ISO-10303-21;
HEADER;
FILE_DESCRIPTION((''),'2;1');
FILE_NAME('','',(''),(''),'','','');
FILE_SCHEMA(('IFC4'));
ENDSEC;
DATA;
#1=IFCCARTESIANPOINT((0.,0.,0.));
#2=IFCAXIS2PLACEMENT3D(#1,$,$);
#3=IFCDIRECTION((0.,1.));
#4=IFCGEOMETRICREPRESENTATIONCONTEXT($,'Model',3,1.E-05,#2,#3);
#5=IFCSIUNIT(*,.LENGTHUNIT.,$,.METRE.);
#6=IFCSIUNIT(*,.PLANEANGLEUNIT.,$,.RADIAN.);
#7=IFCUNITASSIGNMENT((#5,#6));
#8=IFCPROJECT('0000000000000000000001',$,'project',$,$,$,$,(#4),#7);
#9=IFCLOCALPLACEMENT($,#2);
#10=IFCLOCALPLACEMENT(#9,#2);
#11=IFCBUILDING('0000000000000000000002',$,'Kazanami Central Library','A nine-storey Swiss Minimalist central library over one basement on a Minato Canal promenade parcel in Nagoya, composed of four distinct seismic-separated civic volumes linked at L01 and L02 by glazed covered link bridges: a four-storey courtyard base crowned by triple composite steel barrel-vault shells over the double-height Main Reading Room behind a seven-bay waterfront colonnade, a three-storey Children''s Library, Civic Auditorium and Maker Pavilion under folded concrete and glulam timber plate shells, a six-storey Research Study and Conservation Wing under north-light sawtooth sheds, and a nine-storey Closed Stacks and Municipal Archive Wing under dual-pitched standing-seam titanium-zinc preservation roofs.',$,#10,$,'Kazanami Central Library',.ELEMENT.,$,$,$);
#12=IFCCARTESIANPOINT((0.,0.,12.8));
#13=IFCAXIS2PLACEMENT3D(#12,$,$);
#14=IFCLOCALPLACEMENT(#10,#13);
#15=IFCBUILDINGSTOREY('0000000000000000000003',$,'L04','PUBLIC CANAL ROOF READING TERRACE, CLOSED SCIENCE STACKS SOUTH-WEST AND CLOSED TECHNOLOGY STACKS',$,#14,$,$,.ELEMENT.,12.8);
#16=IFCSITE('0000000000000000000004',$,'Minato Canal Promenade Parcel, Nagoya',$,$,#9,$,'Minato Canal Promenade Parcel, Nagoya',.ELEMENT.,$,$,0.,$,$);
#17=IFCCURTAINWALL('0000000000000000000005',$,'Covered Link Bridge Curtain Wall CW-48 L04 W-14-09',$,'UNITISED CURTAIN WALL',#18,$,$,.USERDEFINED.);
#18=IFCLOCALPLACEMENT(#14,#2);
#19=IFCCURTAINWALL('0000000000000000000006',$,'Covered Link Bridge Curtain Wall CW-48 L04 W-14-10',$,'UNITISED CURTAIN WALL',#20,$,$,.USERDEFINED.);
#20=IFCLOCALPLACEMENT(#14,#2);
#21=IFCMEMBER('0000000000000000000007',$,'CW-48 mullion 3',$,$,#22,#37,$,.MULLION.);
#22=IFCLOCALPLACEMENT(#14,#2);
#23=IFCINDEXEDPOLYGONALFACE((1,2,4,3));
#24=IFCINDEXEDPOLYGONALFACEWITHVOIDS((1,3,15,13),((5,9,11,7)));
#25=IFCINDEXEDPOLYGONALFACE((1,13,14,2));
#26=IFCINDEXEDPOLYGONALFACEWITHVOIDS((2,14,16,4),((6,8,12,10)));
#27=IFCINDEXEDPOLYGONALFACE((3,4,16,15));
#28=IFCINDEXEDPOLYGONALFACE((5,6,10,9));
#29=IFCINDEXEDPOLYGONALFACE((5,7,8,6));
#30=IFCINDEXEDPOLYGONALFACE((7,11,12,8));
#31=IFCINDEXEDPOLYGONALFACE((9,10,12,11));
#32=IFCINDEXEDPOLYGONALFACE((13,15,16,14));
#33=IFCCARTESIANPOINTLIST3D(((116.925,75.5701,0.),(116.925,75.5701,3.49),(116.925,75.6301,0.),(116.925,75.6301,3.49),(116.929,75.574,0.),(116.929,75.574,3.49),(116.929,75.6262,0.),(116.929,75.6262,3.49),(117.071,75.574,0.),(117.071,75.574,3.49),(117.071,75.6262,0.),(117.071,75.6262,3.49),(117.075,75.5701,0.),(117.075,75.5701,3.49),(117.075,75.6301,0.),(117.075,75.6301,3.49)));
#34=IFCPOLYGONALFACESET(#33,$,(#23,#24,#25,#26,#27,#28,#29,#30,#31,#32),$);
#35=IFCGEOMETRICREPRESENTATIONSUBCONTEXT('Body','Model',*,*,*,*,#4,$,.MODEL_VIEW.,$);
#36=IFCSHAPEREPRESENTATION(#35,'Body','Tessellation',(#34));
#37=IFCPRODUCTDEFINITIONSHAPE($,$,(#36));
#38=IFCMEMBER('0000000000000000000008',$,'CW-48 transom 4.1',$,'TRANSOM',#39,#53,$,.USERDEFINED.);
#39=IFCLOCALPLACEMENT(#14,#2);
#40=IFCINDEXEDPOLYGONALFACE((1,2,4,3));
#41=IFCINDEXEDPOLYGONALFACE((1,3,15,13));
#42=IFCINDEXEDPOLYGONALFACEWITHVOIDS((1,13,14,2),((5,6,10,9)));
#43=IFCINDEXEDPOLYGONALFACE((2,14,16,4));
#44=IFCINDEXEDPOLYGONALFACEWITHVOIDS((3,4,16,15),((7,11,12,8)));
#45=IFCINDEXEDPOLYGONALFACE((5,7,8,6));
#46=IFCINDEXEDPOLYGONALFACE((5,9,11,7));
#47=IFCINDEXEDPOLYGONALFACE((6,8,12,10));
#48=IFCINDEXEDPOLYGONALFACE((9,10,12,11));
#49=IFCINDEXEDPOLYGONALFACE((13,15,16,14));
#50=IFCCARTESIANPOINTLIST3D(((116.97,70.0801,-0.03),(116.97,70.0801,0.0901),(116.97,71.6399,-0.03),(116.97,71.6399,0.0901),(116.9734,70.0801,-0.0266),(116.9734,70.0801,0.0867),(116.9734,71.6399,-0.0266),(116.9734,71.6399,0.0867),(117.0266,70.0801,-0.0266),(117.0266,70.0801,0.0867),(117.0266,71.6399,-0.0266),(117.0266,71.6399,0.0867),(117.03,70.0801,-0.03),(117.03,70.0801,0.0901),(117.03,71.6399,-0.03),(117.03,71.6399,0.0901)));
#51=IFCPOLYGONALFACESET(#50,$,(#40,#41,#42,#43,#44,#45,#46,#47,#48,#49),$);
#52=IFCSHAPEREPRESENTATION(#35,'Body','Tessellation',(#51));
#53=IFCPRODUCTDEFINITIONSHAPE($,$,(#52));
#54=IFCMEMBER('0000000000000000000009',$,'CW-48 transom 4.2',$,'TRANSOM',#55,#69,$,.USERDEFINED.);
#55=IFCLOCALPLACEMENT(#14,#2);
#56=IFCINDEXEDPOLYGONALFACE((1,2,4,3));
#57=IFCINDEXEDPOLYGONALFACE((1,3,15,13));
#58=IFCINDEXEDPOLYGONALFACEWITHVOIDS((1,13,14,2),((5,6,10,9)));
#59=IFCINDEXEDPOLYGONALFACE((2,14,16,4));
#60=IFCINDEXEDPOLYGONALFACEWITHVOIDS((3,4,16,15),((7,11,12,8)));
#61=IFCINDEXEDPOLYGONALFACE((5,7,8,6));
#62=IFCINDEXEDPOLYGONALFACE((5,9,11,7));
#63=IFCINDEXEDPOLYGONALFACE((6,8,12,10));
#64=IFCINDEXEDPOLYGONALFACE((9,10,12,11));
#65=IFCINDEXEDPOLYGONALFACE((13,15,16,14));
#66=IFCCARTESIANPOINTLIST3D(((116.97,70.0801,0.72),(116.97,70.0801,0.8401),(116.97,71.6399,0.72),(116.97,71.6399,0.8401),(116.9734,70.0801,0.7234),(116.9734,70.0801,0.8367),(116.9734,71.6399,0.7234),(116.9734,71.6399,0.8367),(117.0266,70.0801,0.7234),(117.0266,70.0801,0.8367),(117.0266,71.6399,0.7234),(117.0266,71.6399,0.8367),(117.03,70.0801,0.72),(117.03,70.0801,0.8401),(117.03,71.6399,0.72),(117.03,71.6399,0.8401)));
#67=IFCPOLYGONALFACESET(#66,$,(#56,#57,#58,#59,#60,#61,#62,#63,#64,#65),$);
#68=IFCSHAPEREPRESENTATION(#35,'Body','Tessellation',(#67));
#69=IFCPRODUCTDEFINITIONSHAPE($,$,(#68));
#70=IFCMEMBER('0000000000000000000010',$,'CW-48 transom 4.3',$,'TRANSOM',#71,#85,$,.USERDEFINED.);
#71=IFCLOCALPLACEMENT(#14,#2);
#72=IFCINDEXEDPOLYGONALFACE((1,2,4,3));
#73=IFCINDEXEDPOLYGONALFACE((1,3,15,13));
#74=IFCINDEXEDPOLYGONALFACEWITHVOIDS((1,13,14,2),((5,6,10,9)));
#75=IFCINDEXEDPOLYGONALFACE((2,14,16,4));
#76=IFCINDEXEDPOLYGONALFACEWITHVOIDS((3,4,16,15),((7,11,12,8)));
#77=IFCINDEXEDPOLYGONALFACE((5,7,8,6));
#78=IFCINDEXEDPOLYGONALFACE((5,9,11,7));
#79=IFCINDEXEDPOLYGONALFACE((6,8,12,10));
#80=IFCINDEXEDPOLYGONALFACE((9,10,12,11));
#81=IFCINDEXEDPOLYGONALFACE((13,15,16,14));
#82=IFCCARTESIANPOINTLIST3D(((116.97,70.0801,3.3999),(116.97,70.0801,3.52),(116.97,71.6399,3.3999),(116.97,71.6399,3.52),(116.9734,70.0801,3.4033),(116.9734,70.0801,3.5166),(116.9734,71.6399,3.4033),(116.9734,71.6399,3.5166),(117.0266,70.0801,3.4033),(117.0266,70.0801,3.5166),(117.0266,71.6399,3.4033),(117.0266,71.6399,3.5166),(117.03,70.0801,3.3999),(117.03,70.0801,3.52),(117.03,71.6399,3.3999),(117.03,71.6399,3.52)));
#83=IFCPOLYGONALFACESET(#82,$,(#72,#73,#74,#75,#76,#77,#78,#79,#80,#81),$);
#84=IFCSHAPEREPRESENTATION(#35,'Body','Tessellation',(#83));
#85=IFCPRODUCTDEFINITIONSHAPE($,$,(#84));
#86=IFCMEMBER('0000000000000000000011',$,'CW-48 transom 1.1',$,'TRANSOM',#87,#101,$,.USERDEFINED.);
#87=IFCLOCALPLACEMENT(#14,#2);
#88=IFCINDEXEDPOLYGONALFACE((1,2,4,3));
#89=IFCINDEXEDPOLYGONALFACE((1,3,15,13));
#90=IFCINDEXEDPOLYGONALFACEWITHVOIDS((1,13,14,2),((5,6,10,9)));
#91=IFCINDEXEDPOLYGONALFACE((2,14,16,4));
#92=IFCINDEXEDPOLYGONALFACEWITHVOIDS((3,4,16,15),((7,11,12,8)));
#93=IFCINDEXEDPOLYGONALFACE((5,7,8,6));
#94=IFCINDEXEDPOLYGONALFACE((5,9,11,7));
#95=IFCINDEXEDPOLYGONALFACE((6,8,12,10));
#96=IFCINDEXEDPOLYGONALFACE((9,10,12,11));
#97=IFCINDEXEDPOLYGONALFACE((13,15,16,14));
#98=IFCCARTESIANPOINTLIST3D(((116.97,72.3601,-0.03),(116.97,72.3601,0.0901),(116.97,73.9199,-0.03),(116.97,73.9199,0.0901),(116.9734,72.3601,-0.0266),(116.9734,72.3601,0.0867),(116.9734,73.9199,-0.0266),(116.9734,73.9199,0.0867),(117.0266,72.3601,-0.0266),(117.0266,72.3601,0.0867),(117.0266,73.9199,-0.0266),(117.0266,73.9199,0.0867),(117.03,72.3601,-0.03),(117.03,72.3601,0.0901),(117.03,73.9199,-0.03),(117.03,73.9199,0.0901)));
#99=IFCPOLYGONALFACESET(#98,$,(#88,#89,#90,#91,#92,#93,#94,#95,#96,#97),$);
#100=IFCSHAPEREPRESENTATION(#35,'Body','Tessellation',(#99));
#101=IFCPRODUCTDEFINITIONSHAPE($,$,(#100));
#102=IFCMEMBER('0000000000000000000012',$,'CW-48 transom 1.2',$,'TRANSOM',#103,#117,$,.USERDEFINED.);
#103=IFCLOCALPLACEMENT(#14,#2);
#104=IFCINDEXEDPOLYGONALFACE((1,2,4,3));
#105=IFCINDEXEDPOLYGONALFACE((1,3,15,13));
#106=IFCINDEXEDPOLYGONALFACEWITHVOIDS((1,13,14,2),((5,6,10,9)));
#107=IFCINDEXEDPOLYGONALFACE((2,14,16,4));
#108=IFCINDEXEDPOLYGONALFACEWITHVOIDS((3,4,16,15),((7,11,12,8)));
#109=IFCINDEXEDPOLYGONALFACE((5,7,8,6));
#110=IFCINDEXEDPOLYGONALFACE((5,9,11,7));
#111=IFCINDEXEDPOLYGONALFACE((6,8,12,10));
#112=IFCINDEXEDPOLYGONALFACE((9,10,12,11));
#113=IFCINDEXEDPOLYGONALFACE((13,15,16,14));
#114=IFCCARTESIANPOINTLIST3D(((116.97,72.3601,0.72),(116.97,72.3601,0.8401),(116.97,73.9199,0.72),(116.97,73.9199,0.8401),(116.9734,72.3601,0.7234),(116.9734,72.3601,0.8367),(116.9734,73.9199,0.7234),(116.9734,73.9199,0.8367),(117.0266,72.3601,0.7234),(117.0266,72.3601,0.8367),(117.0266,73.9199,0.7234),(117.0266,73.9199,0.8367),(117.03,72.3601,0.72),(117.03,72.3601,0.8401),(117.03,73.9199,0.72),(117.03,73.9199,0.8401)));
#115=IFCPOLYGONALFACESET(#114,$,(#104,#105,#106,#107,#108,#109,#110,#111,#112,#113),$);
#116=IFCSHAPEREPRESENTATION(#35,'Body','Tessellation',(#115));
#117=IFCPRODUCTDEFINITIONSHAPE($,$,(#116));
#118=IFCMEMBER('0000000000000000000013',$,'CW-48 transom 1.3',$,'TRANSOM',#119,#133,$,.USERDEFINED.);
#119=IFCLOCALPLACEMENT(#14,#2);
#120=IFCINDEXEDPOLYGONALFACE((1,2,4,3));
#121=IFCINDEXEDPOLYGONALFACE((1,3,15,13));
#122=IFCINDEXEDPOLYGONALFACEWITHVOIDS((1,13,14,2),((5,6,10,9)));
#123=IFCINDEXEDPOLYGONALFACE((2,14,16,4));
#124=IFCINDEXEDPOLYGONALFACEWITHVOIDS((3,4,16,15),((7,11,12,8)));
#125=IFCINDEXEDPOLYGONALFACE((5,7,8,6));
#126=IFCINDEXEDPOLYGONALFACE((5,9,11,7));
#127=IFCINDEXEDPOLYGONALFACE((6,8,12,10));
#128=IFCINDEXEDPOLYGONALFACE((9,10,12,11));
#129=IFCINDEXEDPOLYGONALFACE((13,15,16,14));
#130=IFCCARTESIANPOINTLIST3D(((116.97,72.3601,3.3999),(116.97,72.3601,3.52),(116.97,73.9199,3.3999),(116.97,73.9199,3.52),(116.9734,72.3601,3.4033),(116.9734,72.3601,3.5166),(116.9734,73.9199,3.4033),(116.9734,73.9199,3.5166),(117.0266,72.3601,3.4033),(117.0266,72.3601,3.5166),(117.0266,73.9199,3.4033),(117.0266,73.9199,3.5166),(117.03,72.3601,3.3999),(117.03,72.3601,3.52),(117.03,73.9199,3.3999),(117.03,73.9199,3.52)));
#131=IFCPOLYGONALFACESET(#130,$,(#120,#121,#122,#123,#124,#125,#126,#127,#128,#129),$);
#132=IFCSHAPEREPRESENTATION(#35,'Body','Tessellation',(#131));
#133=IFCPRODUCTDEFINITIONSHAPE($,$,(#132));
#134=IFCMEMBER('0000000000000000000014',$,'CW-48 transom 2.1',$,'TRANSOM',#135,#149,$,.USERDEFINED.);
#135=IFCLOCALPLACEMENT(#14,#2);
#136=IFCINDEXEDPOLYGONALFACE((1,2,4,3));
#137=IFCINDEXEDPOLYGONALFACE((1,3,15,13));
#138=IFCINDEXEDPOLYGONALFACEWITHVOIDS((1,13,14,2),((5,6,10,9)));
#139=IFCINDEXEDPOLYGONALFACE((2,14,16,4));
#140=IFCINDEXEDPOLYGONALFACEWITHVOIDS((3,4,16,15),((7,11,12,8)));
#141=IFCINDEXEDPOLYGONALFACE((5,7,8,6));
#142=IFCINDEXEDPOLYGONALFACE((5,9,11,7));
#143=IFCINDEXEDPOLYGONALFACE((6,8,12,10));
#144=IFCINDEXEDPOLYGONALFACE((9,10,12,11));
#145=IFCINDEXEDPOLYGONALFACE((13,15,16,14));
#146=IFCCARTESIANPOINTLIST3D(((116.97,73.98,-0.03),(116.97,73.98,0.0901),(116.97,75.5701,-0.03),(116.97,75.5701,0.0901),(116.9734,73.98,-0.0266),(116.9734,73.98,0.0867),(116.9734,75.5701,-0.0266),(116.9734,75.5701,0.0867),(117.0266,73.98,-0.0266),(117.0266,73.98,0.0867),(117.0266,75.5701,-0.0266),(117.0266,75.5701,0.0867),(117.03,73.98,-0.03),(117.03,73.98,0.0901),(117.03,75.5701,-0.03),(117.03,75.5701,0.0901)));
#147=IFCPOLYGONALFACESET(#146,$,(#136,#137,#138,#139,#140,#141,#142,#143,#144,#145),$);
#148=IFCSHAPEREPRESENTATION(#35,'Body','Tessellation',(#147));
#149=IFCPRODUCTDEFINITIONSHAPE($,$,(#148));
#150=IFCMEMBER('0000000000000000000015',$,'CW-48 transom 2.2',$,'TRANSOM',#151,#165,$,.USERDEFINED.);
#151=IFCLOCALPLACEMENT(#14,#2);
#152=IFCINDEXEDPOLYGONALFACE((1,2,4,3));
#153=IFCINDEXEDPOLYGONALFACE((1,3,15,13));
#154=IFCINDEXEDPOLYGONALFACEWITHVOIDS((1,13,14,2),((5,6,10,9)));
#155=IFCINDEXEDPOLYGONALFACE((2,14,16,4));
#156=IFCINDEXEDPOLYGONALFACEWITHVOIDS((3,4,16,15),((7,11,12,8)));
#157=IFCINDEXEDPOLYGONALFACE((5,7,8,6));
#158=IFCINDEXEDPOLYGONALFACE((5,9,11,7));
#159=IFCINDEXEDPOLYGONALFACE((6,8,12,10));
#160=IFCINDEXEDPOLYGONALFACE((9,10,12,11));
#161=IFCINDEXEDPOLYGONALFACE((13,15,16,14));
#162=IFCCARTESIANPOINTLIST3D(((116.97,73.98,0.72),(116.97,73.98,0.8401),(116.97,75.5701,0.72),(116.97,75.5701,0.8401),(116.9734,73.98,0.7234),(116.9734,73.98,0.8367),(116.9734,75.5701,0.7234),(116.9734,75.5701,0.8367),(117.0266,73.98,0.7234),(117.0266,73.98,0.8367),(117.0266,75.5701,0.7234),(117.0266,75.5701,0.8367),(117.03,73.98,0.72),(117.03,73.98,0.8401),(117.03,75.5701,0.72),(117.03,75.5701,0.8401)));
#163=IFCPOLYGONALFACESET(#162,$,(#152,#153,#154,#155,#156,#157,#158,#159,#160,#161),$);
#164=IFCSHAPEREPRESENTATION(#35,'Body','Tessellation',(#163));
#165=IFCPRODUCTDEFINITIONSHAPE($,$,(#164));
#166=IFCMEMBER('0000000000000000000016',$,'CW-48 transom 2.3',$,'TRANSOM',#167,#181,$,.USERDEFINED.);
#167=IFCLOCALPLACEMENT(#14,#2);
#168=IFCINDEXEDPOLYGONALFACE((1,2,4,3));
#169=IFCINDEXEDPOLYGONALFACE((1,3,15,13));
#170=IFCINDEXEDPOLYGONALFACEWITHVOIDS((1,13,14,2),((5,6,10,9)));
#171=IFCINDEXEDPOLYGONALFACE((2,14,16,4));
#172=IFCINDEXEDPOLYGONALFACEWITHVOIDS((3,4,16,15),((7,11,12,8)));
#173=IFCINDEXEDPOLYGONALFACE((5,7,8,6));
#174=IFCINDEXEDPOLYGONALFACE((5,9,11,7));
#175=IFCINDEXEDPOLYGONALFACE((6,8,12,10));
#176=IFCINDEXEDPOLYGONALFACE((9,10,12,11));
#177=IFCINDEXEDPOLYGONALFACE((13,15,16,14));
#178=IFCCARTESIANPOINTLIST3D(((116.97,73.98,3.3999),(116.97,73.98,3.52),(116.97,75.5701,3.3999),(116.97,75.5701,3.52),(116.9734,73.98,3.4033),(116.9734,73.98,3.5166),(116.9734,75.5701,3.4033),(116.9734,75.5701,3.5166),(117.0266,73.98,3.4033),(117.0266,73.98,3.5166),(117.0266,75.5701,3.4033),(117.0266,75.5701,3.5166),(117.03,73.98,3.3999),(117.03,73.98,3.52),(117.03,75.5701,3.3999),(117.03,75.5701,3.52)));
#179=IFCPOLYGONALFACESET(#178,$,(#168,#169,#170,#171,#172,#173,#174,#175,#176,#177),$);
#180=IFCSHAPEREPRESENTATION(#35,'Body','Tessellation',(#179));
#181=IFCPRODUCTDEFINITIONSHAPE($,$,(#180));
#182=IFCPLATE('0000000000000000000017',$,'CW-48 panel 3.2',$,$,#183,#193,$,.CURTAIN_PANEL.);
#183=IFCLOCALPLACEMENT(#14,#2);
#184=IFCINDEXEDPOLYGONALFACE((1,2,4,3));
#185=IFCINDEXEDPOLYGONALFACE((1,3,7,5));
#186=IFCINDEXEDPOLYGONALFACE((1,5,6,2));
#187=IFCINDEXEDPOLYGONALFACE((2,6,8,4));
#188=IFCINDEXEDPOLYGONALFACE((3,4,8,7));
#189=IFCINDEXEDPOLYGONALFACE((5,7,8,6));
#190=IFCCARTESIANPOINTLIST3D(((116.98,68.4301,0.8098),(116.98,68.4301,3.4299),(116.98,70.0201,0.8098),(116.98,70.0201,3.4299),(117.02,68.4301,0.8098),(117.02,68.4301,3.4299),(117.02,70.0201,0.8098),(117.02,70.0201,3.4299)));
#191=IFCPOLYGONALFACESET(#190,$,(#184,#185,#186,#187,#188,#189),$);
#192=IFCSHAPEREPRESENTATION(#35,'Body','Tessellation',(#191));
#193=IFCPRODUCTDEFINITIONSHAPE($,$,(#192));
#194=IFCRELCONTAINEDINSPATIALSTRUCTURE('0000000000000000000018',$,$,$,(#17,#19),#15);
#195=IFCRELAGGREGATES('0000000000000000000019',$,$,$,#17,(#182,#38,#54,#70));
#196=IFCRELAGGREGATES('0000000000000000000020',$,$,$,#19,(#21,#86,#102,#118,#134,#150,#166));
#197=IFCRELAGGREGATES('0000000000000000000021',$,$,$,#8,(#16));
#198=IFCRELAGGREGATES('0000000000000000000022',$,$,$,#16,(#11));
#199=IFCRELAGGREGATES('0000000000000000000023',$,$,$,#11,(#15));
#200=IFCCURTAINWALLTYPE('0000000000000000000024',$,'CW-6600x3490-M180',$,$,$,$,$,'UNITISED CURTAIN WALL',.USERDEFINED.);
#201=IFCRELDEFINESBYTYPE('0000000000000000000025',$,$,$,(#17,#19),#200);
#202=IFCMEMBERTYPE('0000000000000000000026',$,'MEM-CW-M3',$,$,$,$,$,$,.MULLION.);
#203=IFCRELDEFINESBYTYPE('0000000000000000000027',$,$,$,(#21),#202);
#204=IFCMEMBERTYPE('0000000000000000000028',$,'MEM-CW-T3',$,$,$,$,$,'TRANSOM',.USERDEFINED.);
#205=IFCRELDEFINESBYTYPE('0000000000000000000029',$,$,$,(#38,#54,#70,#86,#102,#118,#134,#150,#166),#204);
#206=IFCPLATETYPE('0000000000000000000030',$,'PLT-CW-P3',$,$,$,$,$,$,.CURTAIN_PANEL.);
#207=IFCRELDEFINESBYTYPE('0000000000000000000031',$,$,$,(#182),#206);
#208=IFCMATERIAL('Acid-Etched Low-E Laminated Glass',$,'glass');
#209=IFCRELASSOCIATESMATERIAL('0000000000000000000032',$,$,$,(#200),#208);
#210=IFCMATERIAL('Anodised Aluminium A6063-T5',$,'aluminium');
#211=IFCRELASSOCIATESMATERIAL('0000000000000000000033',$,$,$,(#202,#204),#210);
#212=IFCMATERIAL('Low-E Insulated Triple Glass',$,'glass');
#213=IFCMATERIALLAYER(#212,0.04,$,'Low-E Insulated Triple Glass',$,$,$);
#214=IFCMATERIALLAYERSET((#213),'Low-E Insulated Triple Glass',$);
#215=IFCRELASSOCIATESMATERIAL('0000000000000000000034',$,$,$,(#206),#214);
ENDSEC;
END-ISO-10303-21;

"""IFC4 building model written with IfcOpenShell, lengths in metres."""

from ifc_helpers import new_model, si_unit, direction, frame, origin, origin_2d, place, context, subcontext, project, spatial, rectangle, hollow_rectangle, extrude, material, layer, layer_set, material_profile, profile_set, type_object, element, aggregate, save


model = new_model("IFC4")

# Units and contexts
model_context = context("Model", 3, precision=1e-05, world=origin(), true_north=direction((0.0, 1.0)))
body_context = subcontext(model_context, "Body", "Model", "MODEL_VIEW")
ifc_project = project(units=[si_unit("LENGTHUNIT", "METRE"), si_unit("PLANEANGLEUNIT", "RADIAN")], contexts=[model_context])

# Site, building, storey
site_placement = place(None, origin())
site = spatial("IfcSite", under=ifc_project, at=site_placement, Name="Minato Canal Promenade Parcel, Nagoya", LongName="Minato Canal Promenade Parcel, Nagoya", CompositionType="ELEMENT", RefElevation=0.0)
building_placement = place(site_placement, origin())
building = spatial("IfcBuilding", under=site, at=building_placement, Name="Kazanami Central Library", Description="A nine-storey Swiss Minimalist central library over one basement on a Minato Canal promenade parcel in Nagoya, composed of four distinct seismic-separated civic volumes linked at L01 and L02 by glazed covered link bridges: a four-storey courtyard base crowned by triple composite steel barrel-vault shells over the double-height Main Reading Room behind a seven-bay waterfront colonnade, a three-storey Children's Library, Civic Auditorium and Maker Pavilion under folded concrete and glulam timber plate shells, a six-storey Research Study and Conservation Wing under north-light sawtooth sheds, and a nine-storey Closed Stacks and Municipal Archive Wing under dual-pitched standing-seam titanium-zinc preservation roofs.", LongName="Kazanami Central Library", CompositionType="ELEMENT")
storey_placement = place(building_placement, frame((0.0, 0.0, 12.8)))
storey = spatial("IfcBuildingStorey", under=building, at=storey_placement, Name="L04", Description="PUBLIC CANAL ROOF READING TERRACE, CLOSED SCIENCE STACKS SOUTH-WEST AND CLOSED TECHNOLOGY STACKS", CompositionType="ELEMENT", Elevation=12.8)

# Curtain walls, member
ifc_material_1 = material(Name="Acid-Etched Low-E Laminated Glass", Category="glass")
curtain_wall_type = type_object("IfcCurtainWallType", Name="CW-6600x3490-M180", ElementType="UNITISED CURTAIN WALL", PredefinedType="USERDEFINED", material=ifc_material_1)
curtain_wall_1_placement = place(storey_placement, origin())
curtain_wall_1 = element("IfcCurtainWall", 1, at=curtain_wall_1_placement, inside=storey, type_object=curtain_wall_type, Name="Covered Link Bridge Curtain Wall CW-48 L04 W-14-09", ObjectType="UNITISED CURTAIN WALL", PredefinedType="USERDEFINED")
ifc_material_2 = material(Name="Anodised Aluminium A6063-T5", Category="aluminium")
ifc_material_profile_1 = material_profile(ifc_material_2, hollow_rectangle(XDim=0.0601, YDim=0.1499, WallThickness=0.0039, at=origin_2d()), Name="ALU-MULL-60x150x4")
ifc_profile_set_1 = profile_set([ifc_material_profile_1], Name="Anodised Aluminium A6063-T5")
member_type_1 = type_object("IfcMemberType", Name="MEM-CW-M3", PredefinedType="MULLION", material=ifc_profile_set_1)
curtain_wall_2_placement = place(storey_placement, origin())
curtain_wall_2 = element("IfcCurtainWall", 2, at=curtain_wall_2_placement, inside=storey, type_object=curtain_wall_type, Name="Covered Link Bridge Curtain Wall CW-48 L04 W-14-10", ObjectType="UNITISED CURTAIN WALL", PredefinedType="USERDEFINED")
member_1_placement = place(storey_placement, frame((117.0, 75.6001, 0.0), z_axis=(0.0, 0.0, 1.0), x_axis=(0.0, 1.0, 0.0)))
member_1 = element("IfcMember", 3, at=member_1_placement, type_object=member_type_1, Name="CW-48 mullion 3", PredefinedType="MULLION", context=body_context, shape_type="SweptSolid", body=[
    extrude(hollow_rectangle(XDim=0.0601, YDim=0.1499, WallThickness=0.0039, at=origin_2d()), origin(), (0.0, 0.0, 1.0), 3.49),
])

# Members
ifc_material_profile_2 = material_profile(ifc_material_2, hollow_rectangle(XDim=0.0601, YDim=0.1201, WallThickness=0.0034, at=origin_2d()), Name="ALU-TRAN-60x120x3.5")
ifc_profile_set_2 = profile_set([ifc_material_profile_2], Name="Anodised Aluminium A6063-T5")
member_type_2 = type_object("IfcMemberType", Name="MEM-CW-T3", ElementType="TRANSOM", PredefinedType="USERDEFINED", material=ifc_profile_set_2)
member_2_placement = place(storey_placement, frame((117.0, 70.0801, 0.03), z_axis=(0.0, 1.0, 0.0), x_axis=(-1.0, 0.0, 0.0)))
member_2 = element("IfcMember", 4, at=member_2_placement, type_object=member_type_2, Name="CW-48 transom 4.1", ObjectType="TRANSOM", PredefinedType="USERDEFINED", context=body_context, shape_type="SweptSolid", body=[
    extrude(hollow_rectangle(XDim=0.0601, YDim=0.1201, WallThickness=0.0034, at=origin_2d()), origin(), (0.0, 0.0, 1.0), 1.5598),
])
member_3_placement = place(storey_placement, frame((117.0, 70.0801, 0.78), z_axis=(0.0, 1.0, 0.0), x_axis=(-1.0, 0.0, 0.0)))
member_3 = element("IfcMember", 5, at=member_3_placement, type_object=member_type_2, Name="CW-48 transom 4.2", ObjectType="TRANSOM", PredefinedType="USERDEFINED", context=body_context, shape_type="SweptSolid", body=[
    extrude(hollow_rectangle(XDim=0.0601, YDim=0.1201, WallThickness=0.0034, at=origin_2d()), origin(), (0.0, 0.0, 1.0), 1.5598),
])
member_4_placement = place(storey_placement, frame((117.0, 70.0801, 3.46), z_axis=(0.0, 1.0, 0.0), x_axis=(-1.0, 0.0, 0.0)))
member_4 = element("IfcMember", 6, at=member_4_placement, type_object=member_type_2, Name="CW-48 transom 4.3", ObjectType="TRANSOM", PredefinedType="USERDEFINED", context=body_context, shape_type="SweptSolid", body=[
    extrude(hollow_rectangle(XDim=0.0601, YDim=0.1201, WallThickness=0.0034, at=origin_2d()), origin(), (0.0, 0.0, 1.0), 1.5598),
])
member_5_placement = place(storey_placement, frame((117.0, 72.3601, 0.03), z_axis=(0.0, 1.0, 0.0), x_axis=(-1.0, 0.0, 0.0)))
member_5 = element("IfcMember", 7, at=member_5_placement, type_object=member_type_2, Name="CW-48 transom 1.1", ObjectType="TRANSOM", PredefinedType="USERDEFINED", context=body_context, shape_type="SweptSolid", body=[
    extrude(hollow_rectangle(XDim=0.0601, YDim=0.1201, WallThickness=0.0034, at=origin_2d()), origin(), (0.0, 0.0, 1.0), 1.5598),
])
member_6_placement = place(storey_placement, frame((117.0, 72.3601, 0.78), z_axis=(0.0, 1.0, 0.0), x_axis=(-1.0, 0.0, 0.0)))
member_6 = element("IfcMember", 8, at=member_6_placement, type_object=member_type_2, Name="CW-48 transom 1.2", ObjectType="TRANSOM", PredefinedType="USERDEFINED", context=body_context, shape_type="SweptSolid", body=[
    extrude(hollow_rectangle(XDim=0.0601, YDim=0.1201, WallThickness=0.0034, at=origin_2d()), origin(), (0.0, 0.0, 1.0), 1.5598),
])
member_7_placement = place(storey_placement, frame((117.0, 72.3601, 3.46), z_axis=(0.0, 1.0, 0.0), x_axis=(-1.0, 0.0, 0.0)))
member_7 = element("IfcMember", 9, at=member_7_placement, type_object=member_type_2, Name="CW-48 transom 1.3", ObjectType="TRANSOM", PredefinedType="USERDEFINED", context=body_context, shape_type="SweptSolid", body=[
    extrude(hollow_rectangle(XDim=0.0601, YDim=0.1201, WallThickness=0.0034, at=origin_2d()), origin(), (0.0, 0.0, 1.0), 1.5598),
])
member_8_placement = place(storey_placement, frame((117.0, 73.98, 0.03), z_axis=(0.0, 1.0, 0.0), x_axis=(-1.0, 0.0, 0.0)))
member_8 = element("IfcMember", 10, at=member_8_placement, type_object=member_type_2, Name="CW-48 transom 2.1", ObjectType="TRANSOM", PredefinedType="USERDEFINED", context=body_context, shape_type="SweptSolid", body=[
    extrude(hollow_rectangle(XDim=0.0601, YDim=0.1201, WallThickness=0.0034, at=origin_2d()), origin(), (0.0, 0.0, 1.0), 1.5901),
])
member_9_placement = place(storey_placement, frame((117.0, 73.98, 0.78), z_axis=(0.0, 1.0, 0.0), x_axis=(-1.0, 0.0, 0.0)))
member_9 = element("IfcMember", 11, at=member_9_placement, type_object=member_type_2, Name="CW-48 transom 2.2", ObjectType="TRANSOM", PredefinedType="USERDEFINED", context=body_context, shape_type="SweptSolid", body=[
    extrude(hollow_rectangle(XDim=0.0601, YDim=0.1201, WallThickness=0.0034, at=origin_2d()), origin(), (0.0, 0.0, 1.0), 1.5901),
])
member_10_placement = place(storey_placement, frame((117.0, 73.98, 3.46), z_axis=(0.0, 1.0, 0.0), x_axis=(-1.0, 0.0, 0.0)))
member_10 = element("IfcMember", 12, at=member_10_placement, type_object=member_type_2, Name="CW-48 transom 2.3", ObjectType="TRANSOM", PredefinedType="USERDEFINED", context=body_context, shape_type="SweptSolid", body=[
    extrude(hollow_rectangle(XDim=0.0601, YDim=0.1201, WallThickness=0.0034, at=origin_2d()), origin(), (0.0, 0.0, 1.0), 1.5901),
])

# Plate
ifc_material_3 = material(Name="Low-E Insulated Triple Glass", Category="glass")
ifc_layer_1 = layer(ifc_material_3, 0.04, Name="Low-E Insulated Triple Glass")
ifc_layer_set_1 = layer_set([ifc_layer_1], Name="Low-E Insulated Triple Glass")
plate_type_1 = type_object("IfcPlateType", Name="PLT-CW-P3", PredefinedType="CURTAIN_PANEL", material=ifc_layer_set_1)
plate_1_placement = place(storey_placement, frame((117.0, 69.2251, 0.8098), z_axis=(0.0, 0.0, 1.0), x_axis=(0.0, 1.0, 0.0)))
plate_1 = element("IfcPlate", 13, at=plate_1_placement, type_object=plate_type_1, Name="CW-48 panel 3.2", PredefinedType="CURTAIN_PANEL", context=body_context, shape_type="SweptSolid", body=[
    extrude(rectangle(XDim=1.5901, YDim=0.04, at=origin_2d()), origin(), (0.0, 0.0, 1.0), 2.6201),
])
aggregate(curtain_wall_1, [plate_1, member_2, member_3, member_4])
aggregate(curtain_wall_2, [member_1, member_5, member_6, member_7, member_8, member_9, member_10])

save(model, "model.ifc")
